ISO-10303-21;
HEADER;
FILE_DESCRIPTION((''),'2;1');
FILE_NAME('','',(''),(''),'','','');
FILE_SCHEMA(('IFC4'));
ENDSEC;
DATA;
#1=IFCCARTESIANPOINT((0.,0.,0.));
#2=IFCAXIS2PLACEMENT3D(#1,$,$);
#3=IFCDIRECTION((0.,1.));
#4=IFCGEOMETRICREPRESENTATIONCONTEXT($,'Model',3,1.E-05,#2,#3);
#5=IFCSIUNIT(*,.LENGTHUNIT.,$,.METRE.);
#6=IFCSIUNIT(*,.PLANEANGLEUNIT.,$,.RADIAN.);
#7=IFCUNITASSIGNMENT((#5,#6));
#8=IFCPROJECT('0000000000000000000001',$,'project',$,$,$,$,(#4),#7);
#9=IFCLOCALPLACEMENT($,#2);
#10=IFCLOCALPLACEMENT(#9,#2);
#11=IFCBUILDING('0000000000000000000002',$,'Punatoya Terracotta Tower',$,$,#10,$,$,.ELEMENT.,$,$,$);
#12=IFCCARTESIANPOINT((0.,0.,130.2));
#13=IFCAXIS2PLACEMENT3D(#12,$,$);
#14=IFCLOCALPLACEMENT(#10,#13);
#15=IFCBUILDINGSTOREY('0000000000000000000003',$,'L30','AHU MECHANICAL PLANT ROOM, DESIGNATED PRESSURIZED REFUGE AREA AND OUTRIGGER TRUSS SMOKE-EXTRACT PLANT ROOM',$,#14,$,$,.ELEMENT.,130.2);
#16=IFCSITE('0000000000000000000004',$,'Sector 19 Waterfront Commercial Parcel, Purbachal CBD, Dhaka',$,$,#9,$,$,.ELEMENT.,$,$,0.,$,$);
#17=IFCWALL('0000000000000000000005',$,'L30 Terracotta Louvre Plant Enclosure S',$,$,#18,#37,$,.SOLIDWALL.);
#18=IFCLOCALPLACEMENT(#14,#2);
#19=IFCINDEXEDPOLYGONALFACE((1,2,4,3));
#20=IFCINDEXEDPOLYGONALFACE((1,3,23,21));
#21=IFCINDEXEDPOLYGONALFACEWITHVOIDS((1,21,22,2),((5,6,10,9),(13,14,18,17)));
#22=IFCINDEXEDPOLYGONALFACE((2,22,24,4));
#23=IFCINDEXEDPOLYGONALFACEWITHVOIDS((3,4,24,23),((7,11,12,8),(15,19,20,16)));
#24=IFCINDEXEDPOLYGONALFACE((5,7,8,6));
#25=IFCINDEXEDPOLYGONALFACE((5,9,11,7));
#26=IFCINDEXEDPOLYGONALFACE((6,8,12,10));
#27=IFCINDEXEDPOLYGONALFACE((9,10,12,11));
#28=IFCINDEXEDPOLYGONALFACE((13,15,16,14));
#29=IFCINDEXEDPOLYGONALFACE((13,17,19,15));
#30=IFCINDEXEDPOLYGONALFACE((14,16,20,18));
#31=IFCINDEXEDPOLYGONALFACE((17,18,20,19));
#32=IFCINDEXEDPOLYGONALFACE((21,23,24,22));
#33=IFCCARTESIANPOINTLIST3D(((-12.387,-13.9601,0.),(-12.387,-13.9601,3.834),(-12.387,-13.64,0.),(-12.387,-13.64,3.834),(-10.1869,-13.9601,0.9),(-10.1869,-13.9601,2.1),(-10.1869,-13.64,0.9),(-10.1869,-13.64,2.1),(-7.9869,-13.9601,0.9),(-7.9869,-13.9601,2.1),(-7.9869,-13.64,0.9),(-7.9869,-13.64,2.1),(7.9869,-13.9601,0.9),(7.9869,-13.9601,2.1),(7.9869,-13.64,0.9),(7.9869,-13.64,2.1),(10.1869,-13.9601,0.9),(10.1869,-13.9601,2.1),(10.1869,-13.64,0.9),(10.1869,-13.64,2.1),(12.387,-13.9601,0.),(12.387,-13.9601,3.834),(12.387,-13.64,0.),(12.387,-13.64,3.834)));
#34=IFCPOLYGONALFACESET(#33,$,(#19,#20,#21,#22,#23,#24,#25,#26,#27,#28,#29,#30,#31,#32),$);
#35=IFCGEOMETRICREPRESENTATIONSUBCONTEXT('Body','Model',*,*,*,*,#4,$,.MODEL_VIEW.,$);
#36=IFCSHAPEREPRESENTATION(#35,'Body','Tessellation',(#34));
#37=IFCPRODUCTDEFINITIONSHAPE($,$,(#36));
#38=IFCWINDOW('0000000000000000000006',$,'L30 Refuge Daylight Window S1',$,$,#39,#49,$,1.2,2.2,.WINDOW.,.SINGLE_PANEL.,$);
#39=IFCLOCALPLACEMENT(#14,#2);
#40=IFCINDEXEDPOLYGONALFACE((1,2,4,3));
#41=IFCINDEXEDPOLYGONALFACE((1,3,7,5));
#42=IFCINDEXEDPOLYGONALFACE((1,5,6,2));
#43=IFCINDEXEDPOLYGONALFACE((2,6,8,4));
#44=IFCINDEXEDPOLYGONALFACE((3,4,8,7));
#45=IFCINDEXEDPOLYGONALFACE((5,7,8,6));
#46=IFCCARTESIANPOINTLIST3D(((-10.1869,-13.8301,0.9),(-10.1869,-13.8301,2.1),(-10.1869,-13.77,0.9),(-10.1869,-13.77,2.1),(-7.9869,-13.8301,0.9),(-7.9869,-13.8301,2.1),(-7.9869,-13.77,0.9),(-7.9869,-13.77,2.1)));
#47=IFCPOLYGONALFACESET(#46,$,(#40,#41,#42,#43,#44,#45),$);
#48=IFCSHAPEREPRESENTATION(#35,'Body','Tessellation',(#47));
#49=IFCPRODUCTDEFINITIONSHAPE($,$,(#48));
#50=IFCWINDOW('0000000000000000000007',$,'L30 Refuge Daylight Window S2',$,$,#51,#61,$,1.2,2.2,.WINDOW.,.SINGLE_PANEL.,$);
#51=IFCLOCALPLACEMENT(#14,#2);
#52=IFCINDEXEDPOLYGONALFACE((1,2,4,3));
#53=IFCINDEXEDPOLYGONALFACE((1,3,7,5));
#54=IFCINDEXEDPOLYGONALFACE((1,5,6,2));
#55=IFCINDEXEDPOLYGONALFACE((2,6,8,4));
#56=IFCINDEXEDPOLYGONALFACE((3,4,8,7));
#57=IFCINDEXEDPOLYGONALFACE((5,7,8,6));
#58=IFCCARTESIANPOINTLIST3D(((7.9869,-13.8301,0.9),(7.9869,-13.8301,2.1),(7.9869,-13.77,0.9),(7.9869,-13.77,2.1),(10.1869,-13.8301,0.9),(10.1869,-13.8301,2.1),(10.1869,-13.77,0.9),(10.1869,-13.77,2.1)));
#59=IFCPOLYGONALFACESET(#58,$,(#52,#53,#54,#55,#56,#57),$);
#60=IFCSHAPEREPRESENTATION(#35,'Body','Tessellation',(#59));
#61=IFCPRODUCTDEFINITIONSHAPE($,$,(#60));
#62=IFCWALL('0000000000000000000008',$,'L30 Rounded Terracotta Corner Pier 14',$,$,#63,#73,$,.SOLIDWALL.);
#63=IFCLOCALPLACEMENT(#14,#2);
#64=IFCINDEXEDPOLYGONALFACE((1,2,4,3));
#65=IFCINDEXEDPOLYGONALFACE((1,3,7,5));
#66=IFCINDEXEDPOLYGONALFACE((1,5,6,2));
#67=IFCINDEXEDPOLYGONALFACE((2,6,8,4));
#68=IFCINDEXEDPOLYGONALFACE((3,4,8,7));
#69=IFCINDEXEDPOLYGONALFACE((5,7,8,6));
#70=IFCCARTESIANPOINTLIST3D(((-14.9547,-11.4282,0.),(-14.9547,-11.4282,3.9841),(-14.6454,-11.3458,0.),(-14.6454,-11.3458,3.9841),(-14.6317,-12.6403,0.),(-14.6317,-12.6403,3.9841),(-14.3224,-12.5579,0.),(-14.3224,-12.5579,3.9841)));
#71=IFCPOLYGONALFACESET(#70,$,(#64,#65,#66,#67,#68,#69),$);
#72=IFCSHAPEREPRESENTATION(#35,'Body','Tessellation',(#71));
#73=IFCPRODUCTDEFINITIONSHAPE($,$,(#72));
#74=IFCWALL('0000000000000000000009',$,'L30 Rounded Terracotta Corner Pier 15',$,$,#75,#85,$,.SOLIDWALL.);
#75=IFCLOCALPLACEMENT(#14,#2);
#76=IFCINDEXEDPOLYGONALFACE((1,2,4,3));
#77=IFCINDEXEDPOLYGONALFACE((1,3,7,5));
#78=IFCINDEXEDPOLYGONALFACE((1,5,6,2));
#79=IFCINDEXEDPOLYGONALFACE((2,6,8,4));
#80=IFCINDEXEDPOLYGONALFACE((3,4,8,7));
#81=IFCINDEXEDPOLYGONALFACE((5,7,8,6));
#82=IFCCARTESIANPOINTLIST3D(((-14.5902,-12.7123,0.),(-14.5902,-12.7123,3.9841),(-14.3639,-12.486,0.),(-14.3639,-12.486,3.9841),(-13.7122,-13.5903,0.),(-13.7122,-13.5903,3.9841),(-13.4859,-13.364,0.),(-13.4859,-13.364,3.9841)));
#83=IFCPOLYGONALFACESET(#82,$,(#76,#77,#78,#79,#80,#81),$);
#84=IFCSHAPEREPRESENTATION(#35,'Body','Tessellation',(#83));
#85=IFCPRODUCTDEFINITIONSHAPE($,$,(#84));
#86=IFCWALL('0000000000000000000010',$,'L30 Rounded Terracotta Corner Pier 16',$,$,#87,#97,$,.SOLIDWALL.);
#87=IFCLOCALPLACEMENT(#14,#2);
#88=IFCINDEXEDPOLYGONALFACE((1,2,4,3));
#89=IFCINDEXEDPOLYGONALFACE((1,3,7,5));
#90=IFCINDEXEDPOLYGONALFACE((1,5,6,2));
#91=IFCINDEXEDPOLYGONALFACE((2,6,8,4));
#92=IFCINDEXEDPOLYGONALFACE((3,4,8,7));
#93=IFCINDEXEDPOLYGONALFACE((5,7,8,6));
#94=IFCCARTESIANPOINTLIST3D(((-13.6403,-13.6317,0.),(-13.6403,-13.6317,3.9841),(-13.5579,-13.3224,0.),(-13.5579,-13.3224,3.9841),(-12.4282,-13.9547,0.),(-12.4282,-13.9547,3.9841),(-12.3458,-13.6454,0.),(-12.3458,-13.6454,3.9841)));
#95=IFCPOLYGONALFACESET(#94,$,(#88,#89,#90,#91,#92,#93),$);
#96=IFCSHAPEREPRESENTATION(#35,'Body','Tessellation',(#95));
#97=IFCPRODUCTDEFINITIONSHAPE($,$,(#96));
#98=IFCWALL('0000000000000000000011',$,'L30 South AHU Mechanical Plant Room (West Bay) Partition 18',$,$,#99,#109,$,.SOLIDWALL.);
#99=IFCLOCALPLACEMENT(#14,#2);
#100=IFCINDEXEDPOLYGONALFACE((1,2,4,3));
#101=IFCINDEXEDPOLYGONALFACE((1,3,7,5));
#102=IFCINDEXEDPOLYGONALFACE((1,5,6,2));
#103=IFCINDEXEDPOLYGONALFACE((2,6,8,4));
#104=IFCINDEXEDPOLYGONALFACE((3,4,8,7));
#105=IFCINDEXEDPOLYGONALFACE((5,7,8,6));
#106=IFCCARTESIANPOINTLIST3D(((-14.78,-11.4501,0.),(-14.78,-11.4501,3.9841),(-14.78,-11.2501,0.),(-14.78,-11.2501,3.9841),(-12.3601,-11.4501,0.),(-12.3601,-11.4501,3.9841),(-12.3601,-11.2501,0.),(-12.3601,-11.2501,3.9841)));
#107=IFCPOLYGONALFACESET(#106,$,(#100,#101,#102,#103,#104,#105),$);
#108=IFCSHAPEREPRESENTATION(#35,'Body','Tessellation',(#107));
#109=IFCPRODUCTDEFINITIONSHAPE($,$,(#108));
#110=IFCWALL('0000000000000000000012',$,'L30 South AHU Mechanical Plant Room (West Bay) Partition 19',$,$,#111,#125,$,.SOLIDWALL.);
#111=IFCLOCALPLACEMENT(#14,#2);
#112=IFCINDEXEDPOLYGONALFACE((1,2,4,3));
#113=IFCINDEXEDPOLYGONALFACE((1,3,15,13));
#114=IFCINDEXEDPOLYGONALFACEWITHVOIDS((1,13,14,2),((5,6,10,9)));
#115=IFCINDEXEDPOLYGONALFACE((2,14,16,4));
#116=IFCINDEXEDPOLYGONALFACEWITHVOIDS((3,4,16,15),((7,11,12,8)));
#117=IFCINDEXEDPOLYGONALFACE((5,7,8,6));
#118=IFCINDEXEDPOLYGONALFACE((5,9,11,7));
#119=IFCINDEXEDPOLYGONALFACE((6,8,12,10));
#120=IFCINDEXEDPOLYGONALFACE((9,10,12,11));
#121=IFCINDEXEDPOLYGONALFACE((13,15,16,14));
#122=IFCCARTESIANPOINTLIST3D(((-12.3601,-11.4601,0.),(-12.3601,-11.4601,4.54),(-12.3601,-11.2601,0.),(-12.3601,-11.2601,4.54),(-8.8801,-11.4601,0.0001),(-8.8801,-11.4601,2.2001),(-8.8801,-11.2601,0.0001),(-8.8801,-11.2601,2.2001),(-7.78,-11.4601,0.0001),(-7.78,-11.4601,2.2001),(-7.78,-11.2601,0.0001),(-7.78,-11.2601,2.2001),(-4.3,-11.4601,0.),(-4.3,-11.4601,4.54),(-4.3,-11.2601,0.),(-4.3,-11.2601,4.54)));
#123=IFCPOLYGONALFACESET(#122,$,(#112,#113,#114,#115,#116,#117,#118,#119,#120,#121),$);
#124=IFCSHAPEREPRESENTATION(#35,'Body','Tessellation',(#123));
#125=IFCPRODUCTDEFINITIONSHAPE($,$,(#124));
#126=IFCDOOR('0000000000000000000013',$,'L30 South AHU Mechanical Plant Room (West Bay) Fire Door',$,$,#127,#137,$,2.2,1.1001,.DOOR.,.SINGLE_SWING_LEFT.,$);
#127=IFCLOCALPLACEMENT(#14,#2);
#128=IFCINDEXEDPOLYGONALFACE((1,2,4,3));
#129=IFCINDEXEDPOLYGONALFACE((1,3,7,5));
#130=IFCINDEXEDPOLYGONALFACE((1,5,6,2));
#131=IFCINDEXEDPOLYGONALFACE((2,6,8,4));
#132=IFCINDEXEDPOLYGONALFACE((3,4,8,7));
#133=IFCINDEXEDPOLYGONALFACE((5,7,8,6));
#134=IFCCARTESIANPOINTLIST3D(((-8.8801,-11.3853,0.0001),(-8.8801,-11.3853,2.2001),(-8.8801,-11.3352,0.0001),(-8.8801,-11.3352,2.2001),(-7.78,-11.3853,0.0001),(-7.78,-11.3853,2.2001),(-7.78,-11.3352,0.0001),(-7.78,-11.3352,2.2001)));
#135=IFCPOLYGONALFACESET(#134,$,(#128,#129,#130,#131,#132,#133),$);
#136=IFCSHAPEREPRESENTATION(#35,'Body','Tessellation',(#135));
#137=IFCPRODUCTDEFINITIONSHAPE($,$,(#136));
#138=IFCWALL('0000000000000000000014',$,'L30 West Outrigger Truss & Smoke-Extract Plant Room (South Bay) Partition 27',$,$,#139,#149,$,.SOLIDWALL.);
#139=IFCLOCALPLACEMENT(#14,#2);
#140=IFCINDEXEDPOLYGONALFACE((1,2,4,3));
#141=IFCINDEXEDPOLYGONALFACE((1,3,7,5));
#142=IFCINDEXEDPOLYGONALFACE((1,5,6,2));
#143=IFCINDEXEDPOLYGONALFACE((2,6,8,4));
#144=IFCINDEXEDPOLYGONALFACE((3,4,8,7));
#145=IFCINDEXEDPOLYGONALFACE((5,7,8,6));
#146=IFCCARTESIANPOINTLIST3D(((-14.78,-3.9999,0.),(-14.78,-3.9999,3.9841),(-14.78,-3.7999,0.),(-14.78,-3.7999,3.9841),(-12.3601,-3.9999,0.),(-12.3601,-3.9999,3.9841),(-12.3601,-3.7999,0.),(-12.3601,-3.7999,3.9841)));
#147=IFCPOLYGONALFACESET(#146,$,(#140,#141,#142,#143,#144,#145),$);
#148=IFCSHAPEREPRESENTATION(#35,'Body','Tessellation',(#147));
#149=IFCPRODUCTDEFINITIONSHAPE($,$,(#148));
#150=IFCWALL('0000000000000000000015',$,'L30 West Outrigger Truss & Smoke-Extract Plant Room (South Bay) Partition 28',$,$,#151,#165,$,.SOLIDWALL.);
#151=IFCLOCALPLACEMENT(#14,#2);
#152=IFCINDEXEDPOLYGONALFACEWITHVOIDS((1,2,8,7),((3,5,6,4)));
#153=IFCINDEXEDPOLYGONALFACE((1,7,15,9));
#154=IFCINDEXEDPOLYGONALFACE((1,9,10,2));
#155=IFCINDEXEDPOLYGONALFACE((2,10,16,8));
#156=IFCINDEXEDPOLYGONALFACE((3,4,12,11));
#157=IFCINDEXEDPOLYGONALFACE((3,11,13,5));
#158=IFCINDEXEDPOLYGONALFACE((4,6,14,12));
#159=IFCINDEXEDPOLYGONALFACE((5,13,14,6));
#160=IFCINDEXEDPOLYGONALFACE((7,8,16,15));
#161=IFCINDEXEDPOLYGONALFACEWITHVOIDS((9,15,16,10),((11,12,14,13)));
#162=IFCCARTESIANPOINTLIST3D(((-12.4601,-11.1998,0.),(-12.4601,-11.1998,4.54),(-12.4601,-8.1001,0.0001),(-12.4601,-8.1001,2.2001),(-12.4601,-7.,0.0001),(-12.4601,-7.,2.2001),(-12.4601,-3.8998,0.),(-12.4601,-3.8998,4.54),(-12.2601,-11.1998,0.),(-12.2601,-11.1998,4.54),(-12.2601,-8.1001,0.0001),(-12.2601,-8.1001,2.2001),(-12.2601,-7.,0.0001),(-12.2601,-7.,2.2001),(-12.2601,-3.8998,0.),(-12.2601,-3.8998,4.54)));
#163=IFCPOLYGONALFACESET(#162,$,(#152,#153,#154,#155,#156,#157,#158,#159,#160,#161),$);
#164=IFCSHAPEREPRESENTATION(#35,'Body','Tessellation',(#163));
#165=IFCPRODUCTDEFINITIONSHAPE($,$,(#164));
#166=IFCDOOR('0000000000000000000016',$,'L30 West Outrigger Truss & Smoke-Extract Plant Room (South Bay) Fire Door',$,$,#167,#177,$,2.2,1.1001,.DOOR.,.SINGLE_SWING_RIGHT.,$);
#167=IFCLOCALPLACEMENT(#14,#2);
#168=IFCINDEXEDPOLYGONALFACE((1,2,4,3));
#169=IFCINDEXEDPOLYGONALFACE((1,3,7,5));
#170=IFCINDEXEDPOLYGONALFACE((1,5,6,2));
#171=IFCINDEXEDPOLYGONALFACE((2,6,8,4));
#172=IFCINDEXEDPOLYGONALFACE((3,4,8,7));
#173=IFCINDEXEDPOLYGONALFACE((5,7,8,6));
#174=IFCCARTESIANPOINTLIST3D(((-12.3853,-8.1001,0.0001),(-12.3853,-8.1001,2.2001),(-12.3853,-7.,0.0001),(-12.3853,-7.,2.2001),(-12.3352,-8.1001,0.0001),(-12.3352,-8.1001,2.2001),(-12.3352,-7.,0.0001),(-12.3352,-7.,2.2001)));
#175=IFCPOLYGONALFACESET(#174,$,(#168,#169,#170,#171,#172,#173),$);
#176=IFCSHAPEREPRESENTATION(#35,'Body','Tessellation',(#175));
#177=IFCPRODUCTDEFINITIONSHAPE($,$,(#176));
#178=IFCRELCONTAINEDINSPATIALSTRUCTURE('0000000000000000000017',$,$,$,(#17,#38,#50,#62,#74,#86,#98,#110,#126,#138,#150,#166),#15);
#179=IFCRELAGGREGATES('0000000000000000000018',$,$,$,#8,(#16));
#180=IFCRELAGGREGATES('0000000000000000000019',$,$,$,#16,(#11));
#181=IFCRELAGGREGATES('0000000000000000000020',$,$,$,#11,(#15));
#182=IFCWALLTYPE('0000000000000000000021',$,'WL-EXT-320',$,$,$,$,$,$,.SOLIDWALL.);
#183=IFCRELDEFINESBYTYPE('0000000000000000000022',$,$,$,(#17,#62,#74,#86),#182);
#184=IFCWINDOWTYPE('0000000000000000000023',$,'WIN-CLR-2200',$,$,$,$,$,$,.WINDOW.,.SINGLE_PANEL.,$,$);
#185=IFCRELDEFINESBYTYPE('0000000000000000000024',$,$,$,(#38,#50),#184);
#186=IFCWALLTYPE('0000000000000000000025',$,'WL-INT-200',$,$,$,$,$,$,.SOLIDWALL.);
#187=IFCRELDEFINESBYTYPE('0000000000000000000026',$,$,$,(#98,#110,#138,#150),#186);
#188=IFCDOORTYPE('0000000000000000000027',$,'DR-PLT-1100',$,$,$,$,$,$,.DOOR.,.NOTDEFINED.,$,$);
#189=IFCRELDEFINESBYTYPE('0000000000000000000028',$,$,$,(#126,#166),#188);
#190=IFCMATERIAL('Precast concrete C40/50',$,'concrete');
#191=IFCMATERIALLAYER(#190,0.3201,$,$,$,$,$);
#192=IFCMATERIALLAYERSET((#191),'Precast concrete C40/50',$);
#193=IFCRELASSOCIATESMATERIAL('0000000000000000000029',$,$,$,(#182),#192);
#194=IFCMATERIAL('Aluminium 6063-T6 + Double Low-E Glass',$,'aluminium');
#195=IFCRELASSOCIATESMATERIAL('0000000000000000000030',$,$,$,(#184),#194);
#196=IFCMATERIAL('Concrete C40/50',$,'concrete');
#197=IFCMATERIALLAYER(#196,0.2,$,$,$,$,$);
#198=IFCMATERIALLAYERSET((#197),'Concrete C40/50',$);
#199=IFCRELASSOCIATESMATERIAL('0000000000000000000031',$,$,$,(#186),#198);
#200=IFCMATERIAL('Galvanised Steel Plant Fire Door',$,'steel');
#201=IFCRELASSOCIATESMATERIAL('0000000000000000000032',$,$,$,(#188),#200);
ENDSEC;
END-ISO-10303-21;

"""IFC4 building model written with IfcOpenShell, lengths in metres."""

from ifc_helpers import new_model, si_unit, direction, frame, frame_2d, origin, place, context, subcontext, project, spatial, rectangle, extrude, material, layer, layer_set, type_object, element, fill, save


model = new_model("IFC4")

# Units and contexts
model_context = context("Model", 3, precision=1e-05, world=origin(), true_north=direction((0.0, 1.0)))
body_context = subcontext(model_context, "Body", "Model", "MODEL_VIEW")
ifc_project = project(units=[si_unit("LENGTHUNIT", "METRE"), si_unit("PLANEANGLEUNIT", "RADIAN")], contexts=[model_context])

# Site, building, storey
site_placement = place(None, origin())
site = spatial("IfcSite", under=ifc_project, at=site_placement, Name="Sector 19 Waterfront Commercial Parcel, Purbachal CBD, Dhaka", CompositionType="ELEMENT", RefElevation=0.0)
building_placement = place(site_placement, origin())
building = spatial("IfcBuilding", under=site, at=building_placement, Name="Punatoya Terracotta Tower", CompositionType="ELEMENT")
storey_placement = place(building_placement, frame((0.0, 0.0, 130.2)))
storey = spatial("IfcBuildingStorey", under=building, at=storey_placement, Name="L30", Description="AHU MECHANICAL PLANT ROOM, DESIGNATED PRESSURIZED REFUGE AREA AND OUTRIGGER TRUSS SMOKE-EXTRACT PLANT ROOM", CompositionType="ELEMENT", Elevation=130.2)

# Wall, openings, windows
ifc_material_1 = material(Name="Precast concrete C40/50", Category="concrete")
ifc_layer_1 = layer(ifc_material_1, 0.3201)
ifc_layer_set_1 = layer_set([ifc_layer_1], Name="Precast concrete C40/50")
wall_type_1 = type_object("IfcWallType", Name="WL-EXT-320", PredefinedType="SOLIDWALL", material=ifc_layer_set_1)
wall_1_placement = place(storey_placement, frame((-12.387, -13.8, 0.0), z_axis=(0.0, 0.0, 1.0), x_axis=(1.0, 0.0, 0.0)))
wall_1 = element("IfcWall", 1, at=wall_1_placement, inside=storey, type_object=wall_type_1, Name="L30 Terracotta Louvre Plant Enclosure S", PredefinedType="SOLIDWALL", context=body_context, shape_type="SweptSolid", body=[
    extrude(rectangle(XDim=24.7739, YDim=0.3201, at=frame_2d((12.387, 0.0))), origin(), (0.0, 0.0, 1.0), 3.834),
])
opening_1_placement = place(wall_1_placement, frame((2.2, 0.0, 0.8999)))
opening_1 = element("IfcOpeningElement", 2, at=opening_1_placement, cuts=wall_1, PredefinedType="OPENING", context=body_context, shape_type="SweptSolid", body=[
    extrude(rectangle(XDim=2.2, YDim=1.2, at=frame_2d((1.1001, 0.6001))), frame((0.0, 0.1699, 0.0), z_axis=(0.0, -1.0, 0.0), x_axis=(1.0, 0.0, 0.0)), (0.0, 0.0, 1.0), 0.3401),
])
opening_2_placement = place(wall_1_placement, frame((20.3738, 0.0, 0.8999)))
opening_2 = element("IfcOpeningElement", 3, at=opening_2_placement, cuts=wall_1, PredefinedType="OPENING", context=body_context, shape_type="SweptSolid", body=[
    extrude(rectangle(XDim=2.2, YDim=1.2, at=frame_2d((1.1001, 0.6001))), frame((0.0, 0.1699, 0.0), z_axis=(0.0, -1.0, 0.0), x_axis=(1.0, 0.0, 0.0)), (0.0, 0.0, 1.0), 0.3401),
])
ifc_material_2 = material(Name="Aluminium 6063-T6 + Double Low-E Glass", Category="aluminium")
window_type = type_object("IfcWindowType", Name="WIN-CLR-2200", PartitioningType="SINGLE_PANEL", PredefinedType="WINDOW", material=ifc_material_2)
window_1_placement = place(opening_1_placement, origin())
window_1 = element("IfcWindow", 4, at=window_1_placement, inside=storey, type_object=window_type, Name="L30 Refuge Daylight Window S1", OverallHeight=1.2, OverallWidth=2.2, PartitioningType="SINGLE_PANEL", PredefinedType="WINDOW", context=body_context, shape_type="SweptSolid", body=[
    extrude(rectangle(XDim=2.2, YDim=1.2, at=frame_2d((1.1001, 0.6001))), frame((0.0, 0.03, 0.0), z_axis=(0.0, -1.0, 0.0), x_axis=(1.0, 0.0, 0.0)), (0.0, 0.0, 1.0), 0.0601),
])
fill(opening_1, window_1)
window_2_placement = place(opening_2_placement, origin())
window_2 = element("IfcWindow", 5, at=window_2_placement, inside=storey, type_object=window_type, Name="L30 Refuge Daylight Window S2", OverallHeight=1.2, OverallWidth=2.2, PartitioningType="SINGLE_PANEL", PredefinedType="WINDOW", context=body_context, shape_type="SweptSolid", body=[
    extrude(rectangle(XDim=2.2, YDim=1.2, at=frame_2d((1.1001, 0.6001))), frame((0.0, 0.03, 0.0), z_axis=(0.0, -1.0, 0.0), x_axis=(1.0, 0.0, 0.0)), (0.0, 0.0, 1.0), 0.0601),
])
fill(opening_2, window_2)

# Walls
wall_2_placement = place(storey_placement, frame((-14.8, -11.387, 0.0), z_axis=(0.0, 0.0, 1.0), x_axis=(0.257481, -0.966283, 0.0)))
element("IfcWall", 6, at=wall_2_placement, inside=storey, type_object=wall_type_1, Name="L30 Rounded Terracotta Corner Pier 14", PredefinedType="SOLIDWALL", context=body_context, shape_type="SweptSolid", body=[
    extrude(rectangle(XDim=1.2544, YDim=0.3201, at=frame_2d((0.6272, 0.0))), origin(), (0.0, 0.0, 1.0), 3.9841),
])
wall_3_placement = place(storey_placement, frame((-14.4771, -12.5991, 0.0), z_axis=(0.0, 0.0, 1.0), x_axis=(0.707107, -0.707107, 0.0)))
element("IfcWall", 7, at=wall_3_placement, inside=storey, type_object=wall_type_1, Name="L30 Rounded Terracotta Corner Pier 15", PredefinedType="SOLIDWALL", context=body_context, shape_type="SweptSolid", body=[
    extrude(rectangle(XDim=1.2417, YDim=0.3201, at=frame_2d((0.6208, 0.0))), origin(), (0.0, 0.0, 1.0), 3.9841),
])
wall_4_placement = place(storey_placement, frame((-13.5991, -13.4771, 0.0), z_axis=(0.0, 0.0, 1.0), x_axis=(0.966283, -0.257481, 0.0)))
element("IfcWall", 8, at=wall_4_placement, inside=storey, type_object=wall_type_1, Name="L30 Rounded Terracotta Corner Pier 16", PredefinedType="SOLIDWALL", context=body_context, shape_type="SweptSolid", body=[
    extrude(rectangle(XDim=1.2544, YDim=0.3201, at=frame_2d((0.6272, 0.0))), origin(), (0.0, 0.0, 1.0), 3.9841),
])
ifc_material_3 = material(Name="Concrete C40/50", Category="concrete")
ifc_layer_2 = layer(ifc_material_3, 0.2)
ifc_layer_set_2 = layer_set([ifc_layer_2], Name="Concrete C40/50")
wall_type_2 = type_object("IfcWallType", Name="WL-INT-200", PredefinedType="SOLIDWALL", material=ifc_layer_set_2)
wall_5_placement = place(storey_placement, frame((-14.78, -11.3501, 0.0), z_axis=(0.0, 0.0, 1.0), x_axis=(1.0, 0.0, 0.0)))
element("IfcWall", 9, at=wall_5_placement, inside=storey, type_object=wall_type_2, Name="L30 South AHU Mechanical Plant Room (West Bay) Partition 18", PredefinedType="SOLIDWALL", context=body_context, shape_type="SweptSolid", body=[
    extrude(rectangle(XDim=2.4199, YDim=0.2, at=frame_2d((1.21, 0.0))), origin(), (0.0, 0.0, 1.0), 3.9841),
])

# Wall, opening, door
wall_6_placement = place(storey_placement, frame((-12.3601, -11.3601, 0.0), z_axis=(0.0, 0.0, 1.0), x_axis=(1.0, 0.0, 0.0)))
wall_6 = element("IfcWall", 10, at=wall_6_placement, inside=storey, type_object=wall_type_2, Name="L30 South AHU Mechanical Plant Room (West Bay) Partition 19", PredefinedType="SOLIDWALL", context=body_context, shape_type="SweptSolid", body=[
    extrude(rectangle(XDim=8.0601, YDim=0.2, at=frame_2d((4.03, 0.0))), origin(), (0.0, 0.0, 1.0), 4.54),
])
opening_3_placement = place(wall_6_placement, frame((3.48, 0.0, 0.0)))
opening_3 = element("IfcOpeningElement", 11, at=opening_3_placement, cuts=wall_6, PredefinedType="OPENING", context=body_context, shape_type="SweptSolid", body=[
    extrude(rectangle(XDim=1.1001, YDim=2.2, at=frame_2d((0.55, 1.1001))), frame((0.0, 0.1099, 0.0), z_axis=(0.0, -1.0, 0.0), x_axis=(1.0, 0.0, 0.0)), (0.0, 0.0, 1.0), 0.22),
])
ifc_material_4 = material(Name="Galvanised Steel Plant Fire Door", Category="steel")
door_type_1 = type_object("IfcDoorType", Name="DR-PLT-1100", OperationType="NOTDEFINED", PredefinedType="DOOR", material=ifc_material_4)
door_1_placement = place(opening_3_placement, origin())
door_1 = element("IfcDoor", 12, at=door_1_placement, inside=storey, type_object=door_type_1, Name="L30 South AHU Mechanical Plant Room (West Bay) Fire Door", OperationType="SINGLE_SWING_LEFT", OverallHeight=2.2, OverallWidth=1.1001, PredefinedType="DOOR", context=body_context, shape_type="SweptSolid", body=[
    extrude(rectangle(XDim=1.1001, YDim=2.2, at=frame_2d((0.55, 1.1001))), frame((0.0, 0.0249, 0.0), z_axis=(0.0, -1.0, 0.0), x_axis=(1.0, 0.0, 0.0)), (0.0, 0.0, 1.0), 0.05),
])
fill(opening_3, door_1)

# Wall
wall_7_placement = place(storey_placement, frame((-14.78, -3.8999, 0.0), z_axis=(0.0, 0.0, 1.0), x_axis=(1.0, 0.0, 0.0)))
element("IfcWall", 13, at=wall_7_placement, inside=storey, type_object=wall_type_2, Name="L30 West Outrigger Truss & Smoke-Extract Plant Room (South Bay) Partition 27", PredefinedType="SOLIDWALL", context=body_context, shape_type="SweptSolid", body=[
    extrude(rectangle(XDim=2.4199, YDim=0.2, at=frame_2d((1.21, 0.0))), origin(), (0.0, 0.0, 1.0), 3.9841),
])

# Wall, opening, door
wall_8_placement = place(storey_placement, frame((-12.3601, -3.8999, 0.0), z_axis=(0.0, 0.0, 1.0), x_axis=(0.0, -1.0, 0.0)))
wall_8 = element("IfcWall", 14, at=wall_8_placement, inside=storey, type_object=wall_type_2, Name="L30 West Outrigger Truss & Smoke-Extract Plant Room (South Bay) Partition 28", PredefinedType="SOLIDWALL", context=body_context, shape_type="SweptSolid", body=[
    extrude(rectangle(XDim=7.3, YDim=0.2, at=frame_2d((3.6499, 0.0))), origin(), (0.0, 0.0, 1.0), 4.54),
])
opening_4_placement = place(wall_8_placement, frame((3.1001, 0.0, 0.0)))
opening_4 = element("IfcOpeningElement", 15, at=opening_4_placement, cuts=wall_8, PredefinedType="OPENING", context=body_context, shape_type="SweptSolid", body=[
    extrude(rectangle(XDim=1.1001, YDim=2.2, at=frame_2d((0.55, 1.1001))), frame((0.0, 0.1099, 0.0), z_axis=(0.0, -1.0, 0.0), x_axis=(1.0, 0.0, 0.0)), (0.0, 0.0, 1.0), 0.22),
])
door_2_placement = place(opening_4_placement, origin())
door_2 = element("IfcDoor", 16, at=door_2_placement, inside=storey, type_object=door_type_1, Name="L30 West Outrigger Truss & Smoke-Extract Plant Room (South Bay) Fire Door", OperationType="SINGLE_SWING_RIGHT", OverallHeight=2.2, OverallWidth=1.1001, PredefinedType="DOOR", context=body_context, shape_type="SweptSolid", body=[
    extrude(rectangle(XDim=1.1001, YDim=2.2, at=frame_2d((0.55, 1.1001))), frame((0.0, 0.0249, 0.0), z_axis=(0.0, -1.0, 0.0), x_axis=(1.0, 0.0, 0.0)), (0.0, 0.0, 1.0), 0.05),
])
fill(opening_4, door_2)

save(model, "model.ifc")
